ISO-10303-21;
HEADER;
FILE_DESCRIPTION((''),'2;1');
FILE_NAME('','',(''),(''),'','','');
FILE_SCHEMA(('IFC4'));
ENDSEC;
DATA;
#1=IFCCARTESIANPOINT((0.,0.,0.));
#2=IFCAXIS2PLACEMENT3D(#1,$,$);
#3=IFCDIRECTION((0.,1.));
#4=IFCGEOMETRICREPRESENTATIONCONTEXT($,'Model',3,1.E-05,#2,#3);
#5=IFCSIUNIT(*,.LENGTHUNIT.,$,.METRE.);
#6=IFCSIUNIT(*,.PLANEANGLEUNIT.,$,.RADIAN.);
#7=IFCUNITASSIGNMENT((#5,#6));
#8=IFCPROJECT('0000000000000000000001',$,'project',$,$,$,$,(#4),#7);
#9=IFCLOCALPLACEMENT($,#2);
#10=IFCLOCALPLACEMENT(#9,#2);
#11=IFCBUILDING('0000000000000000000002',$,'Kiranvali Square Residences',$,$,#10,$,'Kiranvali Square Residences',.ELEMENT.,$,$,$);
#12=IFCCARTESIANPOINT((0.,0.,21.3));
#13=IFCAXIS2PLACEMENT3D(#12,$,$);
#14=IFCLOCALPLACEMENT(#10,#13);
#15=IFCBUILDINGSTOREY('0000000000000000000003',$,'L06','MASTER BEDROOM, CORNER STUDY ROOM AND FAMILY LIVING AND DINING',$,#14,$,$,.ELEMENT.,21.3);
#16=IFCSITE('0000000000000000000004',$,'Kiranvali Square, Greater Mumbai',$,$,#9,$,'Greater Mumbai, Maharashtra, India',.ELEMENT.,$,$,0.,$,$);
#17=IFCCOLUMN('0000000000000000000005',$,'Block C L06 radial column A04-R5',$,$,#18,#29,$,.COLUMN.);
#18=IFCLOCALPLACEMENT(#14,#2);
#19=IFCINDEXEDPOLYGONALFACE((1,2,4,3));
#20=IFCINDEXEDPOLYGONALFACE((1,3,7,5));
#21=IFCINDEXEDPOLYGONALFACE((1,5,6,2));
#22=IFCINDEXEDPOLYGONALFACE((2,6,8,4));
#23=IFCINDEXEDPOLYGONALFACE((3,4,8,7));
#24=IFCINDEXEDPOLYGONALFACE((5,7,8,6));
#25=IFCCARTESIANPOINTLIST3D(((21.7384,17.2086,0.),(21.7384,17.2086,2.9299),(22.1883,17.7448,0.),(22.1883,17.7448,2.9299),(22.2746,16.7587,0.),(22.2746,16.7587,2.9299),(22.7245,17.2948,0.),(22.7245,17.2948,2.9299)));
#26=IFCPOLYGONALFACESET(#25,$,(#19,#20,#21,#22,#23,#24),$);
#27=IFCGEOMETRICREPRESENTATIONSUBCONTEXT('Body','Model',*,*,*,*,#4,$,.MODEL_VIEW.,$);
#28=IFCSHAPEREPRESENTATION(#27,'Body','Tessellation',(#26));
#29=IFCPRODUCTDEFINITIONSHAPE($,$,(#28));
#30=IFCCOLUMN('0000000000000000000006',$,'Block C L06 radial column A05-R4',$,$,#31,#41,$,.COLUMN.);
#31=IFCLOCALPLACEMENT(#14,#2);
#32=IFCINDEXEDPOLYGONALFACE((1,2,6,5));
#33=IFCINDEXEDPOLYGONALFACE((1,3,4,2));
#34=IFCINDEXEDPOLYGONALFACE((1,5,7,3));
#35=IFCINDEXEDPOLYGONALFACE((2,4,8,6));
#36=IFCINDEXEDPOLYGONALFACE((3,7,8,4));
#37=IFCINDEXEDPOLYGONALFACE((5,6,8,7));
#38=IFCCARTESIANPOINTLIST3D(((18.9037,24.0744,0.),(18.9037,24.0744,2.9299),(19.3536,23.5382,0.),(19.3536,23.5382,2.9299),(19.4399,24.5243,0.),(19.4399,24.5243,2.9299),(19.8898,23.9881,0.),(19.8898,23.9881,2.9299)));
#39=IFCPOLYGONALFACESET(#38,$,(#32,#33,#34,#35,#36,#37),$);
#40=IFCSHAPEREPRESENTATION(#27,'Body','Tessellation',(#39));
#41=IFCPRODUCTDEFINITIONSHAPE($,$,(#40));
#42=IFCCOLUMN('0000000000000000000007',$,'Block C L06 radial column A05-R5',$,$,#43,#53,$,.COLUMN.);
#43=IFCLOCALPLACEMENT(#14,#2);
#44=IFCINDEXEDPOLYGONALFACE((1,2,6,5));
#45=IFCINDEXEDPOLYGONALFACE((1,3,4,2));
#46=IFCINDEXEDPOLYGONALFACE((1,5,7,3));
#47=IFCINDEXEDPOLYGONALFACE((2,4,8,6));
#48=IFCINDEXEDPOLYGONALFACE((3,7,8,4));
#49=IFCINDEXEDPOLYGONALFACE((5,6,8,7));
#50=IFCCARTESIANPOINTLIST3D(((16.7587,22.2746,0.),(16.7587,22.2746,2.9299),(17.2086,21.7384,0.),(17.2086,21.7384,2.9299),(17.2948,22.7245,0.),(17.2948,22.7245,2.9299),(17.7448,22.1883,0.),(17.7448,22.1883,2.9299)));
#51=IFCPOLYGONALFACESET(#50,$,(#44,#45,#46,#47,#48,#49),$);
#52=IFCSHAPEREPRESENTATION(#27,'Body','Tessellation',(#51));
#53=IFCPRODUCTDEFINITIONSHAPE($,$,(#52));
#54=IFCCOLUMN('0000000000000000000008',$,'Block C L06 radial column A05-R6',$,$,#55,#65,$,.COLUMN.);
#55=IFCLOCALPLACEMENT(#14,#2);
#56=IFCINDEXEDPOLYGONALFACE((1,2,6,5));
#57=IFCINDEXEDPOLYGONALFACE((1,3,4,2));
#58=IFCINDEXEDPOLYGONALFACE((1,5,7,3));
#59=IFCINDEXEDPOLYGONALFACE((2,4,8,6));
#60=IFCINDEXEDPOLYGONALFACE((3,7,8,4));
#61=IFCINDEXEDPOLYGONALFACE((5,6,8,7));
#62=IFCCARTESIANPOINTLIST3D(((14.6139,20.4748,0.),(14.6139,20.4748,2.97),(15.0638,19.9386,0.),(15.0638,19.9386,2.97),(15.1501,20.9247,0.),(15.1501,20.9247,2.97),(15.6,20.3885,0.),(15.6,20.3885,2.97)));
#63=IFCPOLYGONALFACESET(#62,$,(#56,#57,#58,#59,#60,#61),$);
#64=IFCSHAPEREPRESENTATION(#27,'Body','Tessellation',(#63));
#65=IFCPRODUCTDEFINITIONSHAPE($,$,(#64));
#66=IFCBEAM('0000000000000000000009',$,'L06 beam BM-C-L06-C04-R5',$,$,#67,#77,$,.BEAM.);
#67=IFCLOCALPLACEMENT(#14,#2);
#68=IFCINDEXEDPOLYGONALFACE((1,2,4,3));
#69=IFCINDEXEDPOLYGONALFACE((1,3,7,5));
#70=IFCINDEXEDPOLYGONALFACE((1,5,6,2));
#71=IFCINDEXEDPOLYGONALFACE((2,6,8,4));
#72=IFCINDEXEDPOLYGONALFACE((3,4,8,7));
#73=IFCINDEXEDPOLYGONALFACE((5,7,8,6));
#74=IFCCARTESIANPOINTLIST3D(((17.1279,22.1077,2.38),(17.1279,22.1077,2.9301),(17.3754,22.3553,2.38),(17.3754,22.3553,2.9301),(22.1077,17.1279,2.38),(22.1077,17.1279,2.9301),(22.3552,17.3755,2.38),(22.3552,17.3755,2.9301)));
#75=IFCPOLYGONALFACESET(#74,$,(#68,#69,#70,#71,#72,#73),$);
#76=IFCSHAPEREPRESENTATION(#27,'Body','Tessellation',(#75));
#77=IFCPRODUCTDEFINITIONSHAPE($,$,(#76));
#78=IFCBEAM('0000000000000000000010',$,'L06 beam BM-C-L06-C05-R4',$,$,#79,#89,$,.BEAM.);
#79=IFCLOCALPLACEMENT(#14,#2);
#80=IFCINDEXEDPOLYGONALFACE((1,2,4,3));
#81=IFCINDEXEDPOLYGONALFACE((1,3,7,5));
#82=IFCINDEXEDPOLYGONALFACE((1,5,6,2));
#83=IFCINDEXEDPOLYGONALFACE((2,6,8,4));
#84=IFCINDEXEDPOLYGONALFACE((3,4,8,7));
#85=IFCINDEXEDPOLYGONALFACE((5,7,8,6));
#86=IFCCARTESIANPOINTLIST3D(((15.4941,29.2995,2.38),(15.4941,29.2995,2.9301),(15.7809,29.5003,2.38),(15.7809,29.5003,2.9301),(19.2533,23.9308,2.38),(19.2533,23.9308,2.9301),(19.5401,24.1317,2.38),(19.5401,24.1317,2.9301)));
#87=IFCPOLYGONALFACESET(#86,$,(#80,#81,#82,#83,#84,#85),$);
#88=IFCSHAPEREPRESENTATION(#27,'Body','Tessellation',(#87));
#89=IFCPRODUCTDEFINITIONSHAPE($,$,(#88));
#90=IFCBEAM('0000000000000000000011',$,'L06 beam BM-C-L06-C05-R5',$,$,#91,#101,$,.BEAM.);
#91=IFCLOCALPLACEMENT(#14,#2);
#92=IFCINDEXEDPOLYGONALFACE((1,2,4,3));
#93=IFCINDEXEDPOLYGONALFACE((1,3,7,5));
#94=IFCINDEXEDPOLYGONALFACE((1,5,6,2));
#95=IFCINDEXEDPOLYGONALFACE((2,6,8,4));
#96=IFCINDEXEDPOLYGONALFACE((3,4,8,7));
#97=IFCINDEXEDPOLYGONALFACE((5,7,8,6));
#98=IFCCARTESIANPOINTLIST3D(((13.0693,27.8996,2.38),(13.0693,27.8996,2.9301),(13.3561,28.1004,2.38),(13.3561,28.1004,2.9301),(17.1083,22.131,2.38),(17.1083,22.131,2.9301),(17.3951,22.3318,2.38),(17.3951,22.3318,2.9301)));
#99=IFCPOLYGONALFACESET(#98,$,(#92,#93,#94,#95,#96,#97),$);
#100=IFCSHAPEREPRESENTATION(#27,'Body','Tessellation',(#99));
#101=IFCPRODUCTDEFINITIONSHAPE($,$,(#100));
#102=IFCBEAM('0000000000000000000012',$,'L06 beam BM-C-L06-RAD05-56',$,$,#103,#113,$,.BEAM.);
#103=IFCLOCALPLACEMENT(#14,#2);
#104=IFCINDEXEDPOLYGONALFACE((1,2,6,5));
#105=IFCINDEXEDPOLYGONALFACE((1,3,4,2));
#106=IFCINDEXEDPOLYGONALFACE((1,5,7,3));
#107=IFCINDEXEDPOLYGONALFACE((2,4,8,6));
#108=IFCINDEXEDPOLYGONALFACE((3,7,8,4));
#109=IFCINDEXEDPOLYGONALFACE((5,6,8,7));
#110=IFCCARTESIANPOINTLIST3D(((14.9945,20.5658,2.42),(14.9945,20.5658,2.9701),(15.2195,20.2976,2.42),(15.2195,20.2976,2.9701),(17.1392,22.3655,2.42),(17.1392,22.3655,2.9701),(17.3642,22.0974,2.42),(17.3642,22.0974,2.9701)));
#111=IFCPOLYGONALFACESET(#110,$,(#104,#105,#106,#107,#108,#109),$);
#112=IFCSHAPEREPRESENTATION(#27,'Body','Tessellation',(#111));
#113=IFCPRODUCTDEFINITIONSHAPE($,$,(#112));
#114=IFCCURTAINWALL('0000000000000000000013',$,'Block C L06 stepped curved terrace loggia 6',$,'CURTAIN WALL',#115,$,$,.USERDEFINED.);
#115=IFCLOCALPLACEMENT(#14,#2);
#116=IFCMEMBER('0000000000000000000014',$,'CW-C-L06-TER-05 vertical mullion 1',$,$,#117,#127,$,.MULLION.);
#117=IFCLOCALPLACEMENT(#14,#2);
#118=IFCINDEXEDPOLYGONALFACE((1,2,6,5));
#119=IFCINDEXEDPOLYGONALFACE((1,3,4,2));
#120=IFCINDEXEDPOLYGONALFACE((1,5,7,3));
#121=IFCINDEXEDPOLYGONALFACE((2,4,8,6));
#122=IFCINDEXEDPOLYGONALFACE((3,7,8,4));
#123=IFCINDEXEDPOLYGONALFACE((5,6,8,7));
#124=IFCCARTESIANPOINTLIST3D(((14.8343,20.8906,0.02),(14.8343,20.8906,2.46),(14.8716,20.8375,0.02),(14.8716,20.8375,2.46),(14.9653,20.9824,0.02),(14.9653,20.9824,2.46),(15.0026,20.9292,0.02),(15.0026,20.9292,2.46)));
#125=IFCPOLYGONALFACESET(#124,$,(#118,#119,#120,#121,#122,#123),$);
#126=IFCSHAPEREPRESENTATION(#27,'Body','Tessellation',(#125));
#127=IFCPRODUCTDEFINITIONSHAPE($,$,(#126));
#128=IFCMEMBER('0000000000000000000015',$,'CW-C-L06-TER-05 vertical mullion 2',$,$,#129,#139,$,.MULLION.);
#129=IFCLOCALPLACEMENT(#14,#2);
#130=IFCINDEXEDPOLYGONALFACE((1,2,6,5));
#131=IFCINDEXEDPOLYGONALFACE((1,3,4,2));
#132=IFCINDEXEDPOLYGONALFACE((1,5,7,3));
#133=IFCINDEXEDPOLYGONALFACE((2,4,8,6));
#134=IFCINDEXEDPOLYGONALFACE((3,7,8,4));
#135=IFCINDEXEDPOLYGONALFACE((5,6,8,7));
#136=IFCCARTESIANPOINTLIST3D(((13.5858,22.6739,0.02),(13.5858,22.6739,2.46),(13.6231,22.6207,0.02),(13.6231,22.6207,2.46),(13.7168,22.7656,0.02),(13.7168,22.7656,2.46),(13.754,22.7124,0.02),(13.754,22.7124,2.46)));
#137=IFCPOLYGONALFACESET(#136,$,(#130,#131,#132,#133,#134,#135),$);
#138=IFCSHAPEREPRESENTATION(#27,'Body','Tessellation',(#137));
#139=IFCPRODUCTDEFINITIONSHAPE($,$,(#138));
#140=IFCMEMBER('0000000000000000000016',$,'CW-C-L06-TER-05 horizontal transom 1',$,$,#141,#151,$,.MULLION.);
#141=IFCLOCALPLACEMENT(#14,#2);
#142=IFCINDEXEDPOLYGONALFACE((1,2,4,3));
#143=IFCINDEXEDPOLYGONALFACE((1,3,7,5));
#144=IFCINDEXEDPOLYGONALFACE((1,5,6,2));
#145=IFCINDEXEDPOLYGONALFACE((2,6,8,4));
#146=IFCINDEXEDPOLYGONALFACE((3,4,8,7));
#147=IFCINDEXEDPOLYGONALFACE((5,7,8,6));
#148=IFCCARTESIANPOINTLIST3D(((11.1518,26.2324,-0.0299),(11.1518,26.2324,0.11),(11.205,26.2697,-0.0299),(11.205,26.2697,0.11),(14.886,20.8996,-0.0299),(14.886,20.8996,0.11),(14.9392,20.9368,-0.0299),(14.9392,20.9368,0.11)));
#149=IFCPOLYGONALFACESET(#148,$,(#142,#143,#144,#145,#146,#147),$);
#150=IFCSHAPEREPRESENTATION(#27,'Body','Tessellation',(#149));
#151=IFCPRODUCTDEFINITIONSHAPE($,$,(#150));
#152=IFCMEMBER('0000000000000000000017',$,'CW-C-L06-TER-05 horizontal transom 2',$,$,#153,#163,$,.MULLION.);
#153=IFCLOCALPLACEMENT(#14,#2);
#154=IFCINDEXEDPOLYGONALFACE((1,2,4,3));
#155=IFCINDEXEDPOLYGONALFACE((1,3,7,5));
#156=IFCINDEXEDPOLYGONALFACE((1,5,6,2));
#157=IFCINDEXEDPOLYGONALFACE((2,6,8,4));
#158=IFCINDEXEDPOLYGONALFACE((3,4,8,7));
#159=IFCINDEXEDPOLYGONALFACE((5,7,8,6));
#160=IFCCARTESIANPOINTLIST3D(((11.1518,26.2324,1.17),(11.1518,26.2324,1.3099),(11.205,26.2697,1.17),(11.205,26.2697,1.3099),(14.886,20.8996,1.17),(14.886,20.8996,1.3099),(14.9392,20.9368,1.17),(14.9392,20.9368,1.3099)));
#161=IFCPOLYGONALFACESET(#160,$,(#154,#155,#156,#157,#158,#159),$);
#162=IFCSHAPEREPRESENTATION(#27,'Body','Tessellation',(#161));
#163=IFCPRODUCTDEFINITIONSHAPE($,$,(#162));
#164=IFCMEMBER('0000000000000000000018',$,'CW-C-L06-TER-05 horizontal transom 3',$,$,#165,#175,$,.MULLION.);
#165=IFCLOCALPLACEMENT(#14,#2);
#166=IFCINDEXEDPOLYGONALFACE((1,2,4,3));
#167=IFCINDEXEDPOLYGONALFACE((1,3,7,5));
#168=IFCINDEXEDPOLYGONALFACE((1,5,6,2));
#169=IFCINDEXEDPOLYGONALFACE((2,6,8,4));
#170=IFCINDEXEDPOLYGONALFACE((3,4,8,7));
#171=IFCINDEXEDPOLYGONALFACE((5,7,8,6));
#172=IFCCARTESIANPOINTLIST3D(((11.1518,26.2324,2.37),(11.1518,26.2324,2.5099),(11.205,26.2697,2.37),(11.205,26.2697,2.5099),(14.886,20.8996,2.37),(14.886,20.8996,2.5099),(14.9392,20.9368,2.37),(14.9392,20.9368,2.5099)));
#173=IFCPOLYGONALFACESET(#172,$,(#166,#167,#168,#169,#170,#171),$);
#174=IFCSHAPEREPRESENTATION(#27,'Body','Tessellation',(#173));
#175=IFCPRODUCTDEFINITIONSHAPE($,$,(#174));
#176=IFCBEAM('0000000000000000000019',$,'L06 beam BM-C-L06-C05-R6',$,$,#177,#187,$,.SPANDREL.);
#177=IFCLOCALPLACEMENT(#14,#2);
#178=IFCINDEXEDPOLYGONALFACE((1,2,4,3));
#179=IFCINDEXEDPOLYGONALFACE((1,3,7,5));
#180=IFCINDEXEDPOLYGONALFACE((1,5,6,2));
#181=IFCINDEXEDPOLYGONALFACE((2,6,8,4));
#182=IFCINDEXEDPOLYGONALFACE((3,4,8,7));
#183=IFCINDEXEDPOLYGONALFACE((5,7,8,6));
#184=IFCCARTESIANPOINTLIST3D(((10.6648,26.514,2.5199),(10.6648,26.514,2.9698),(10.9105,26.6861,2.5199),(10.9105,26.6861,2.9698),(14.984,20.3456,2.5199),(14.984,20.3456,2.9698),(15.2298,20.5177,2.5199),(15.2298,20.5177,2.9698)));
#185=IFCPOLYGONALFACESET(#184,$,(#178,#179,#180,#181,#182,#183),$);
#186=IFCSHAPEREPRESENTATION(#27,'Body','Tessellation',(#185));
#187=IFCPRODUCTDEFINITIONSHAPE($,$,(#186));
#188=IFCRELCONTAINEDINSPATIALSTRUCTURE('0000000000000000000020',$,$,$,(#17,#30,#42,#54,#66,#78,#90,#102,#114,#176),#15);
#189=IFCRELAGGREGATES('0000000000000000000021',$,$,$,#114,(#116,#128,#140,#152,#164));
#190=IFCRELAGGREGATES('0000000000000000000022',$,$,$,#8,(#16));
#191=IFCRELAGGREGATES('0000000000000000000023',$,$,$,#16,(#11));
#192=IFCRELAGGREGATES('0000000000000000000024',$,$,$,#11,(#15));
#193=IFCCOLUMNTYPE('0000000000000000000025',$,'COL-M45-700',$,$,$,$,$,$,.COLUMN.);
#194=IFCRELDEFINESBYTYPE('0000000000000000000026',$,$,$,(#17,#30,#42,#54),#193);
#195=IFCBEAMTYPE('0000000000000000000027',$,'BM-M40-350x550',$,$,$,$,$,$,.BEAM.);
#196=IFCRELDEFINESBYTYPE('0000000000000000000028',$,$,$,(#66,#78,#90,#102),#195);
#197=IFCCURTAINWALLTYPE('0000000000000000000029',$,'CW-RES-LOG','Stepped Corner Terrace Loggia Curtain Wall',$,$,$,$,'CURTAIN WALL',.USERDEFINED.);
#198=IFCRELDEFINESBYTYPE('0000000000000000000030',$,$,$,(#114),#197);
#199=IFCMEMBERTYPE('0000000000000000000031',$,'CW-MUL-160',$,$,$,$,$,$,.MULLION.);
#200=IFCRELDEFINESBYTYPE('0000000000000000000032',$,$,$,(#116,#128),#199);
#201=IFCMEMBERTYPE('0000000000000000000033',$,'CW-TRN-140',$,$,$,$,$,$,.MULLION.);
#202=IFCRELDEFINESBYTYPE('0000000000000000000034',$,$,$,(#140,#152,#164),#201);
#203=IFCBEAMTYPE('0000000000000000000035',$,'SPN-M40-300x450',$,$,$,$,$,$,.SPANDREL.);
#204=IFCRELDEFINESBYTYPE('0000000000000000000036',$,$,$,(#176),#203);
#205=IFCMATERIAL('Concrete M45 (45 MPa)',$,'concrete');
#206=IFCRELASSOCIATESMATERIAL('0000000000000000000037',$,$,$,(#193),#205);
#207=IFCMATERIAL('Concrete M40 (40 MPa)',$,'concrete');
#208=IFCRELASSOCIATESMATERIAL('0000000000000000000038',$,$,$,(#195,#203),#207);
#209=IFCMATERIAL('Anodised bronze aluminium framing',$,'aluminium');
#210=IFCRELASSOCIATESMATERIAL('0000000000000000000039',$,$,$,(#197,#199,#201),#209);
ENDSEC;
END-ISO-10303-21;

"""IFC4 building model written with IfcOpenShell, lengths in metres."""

from ifc_helpers import new_model, si_unit, direction, frame, origin, origin_2d, place, context, subcontext, project, spatial, rectangle, extrude, material, material_profile, profile_set, type_object, element, aggregate, save


model = new_model("IFC4")

# Units and contexts
model_context = context("Model", 3, precision=1e-05, world=origin(), true_north=direction((0.0, 1.0)))
body_context = subcontext(model_context, "Body", "Model", "MODEL_VIEW")
ifc_project = project(units=[si_unit("LENGTHUNIT", "METRE"), si_unit("PLANEANGLEUNIT", "RADIAN")], contexts=[model_context])

# Site, building, storey
site_placement = place(None, origin())
site = spatial("IfcSite", under=ifc_project, at=site_placement, Name="Kiranvali Square, Greater Mumbai", LongName="Greater Mumbai, Maharashtra, India", CompositionType="ELEMENT", RefElevation=0.0)
building_placement = place(site_placement, origin())
building = spatial("IfcBuilding", under=site, at=building_placement, Name="Kiranvali Square Residences", LongName="Kiranvali Square Residences", CompositionType="ELEMENT")
storey_placement = place(building_placement, frame((0.0, 0.0, 21.3)))
storey = spatial("IfcBuildingStorey", under=building, at=storey_placement, Name="L06", Description="MASTER BEDROOM, CORNER STUDY ROOM AND FAMILY LIVING AND DINING", CompositionType="ELEMENT", Elevation=21.3)

# Columns
ifc_material_1 = material(Name="Concrete M45 (45 MPa)", Category="concrete")
ifc_material_profile_1 = material_profile(ifc_material_1, rectangle(XDim=0.7, YDim=0.7, at=origin_2d()), Name="RC 700x700")
ifc_profile_set_1 = profile_set([ifc_material_profile_1], Name="Concrete M45 (45 MPa)")
column_type = type_object("IfcColumnType", Name="COL-M45-700", PredefinedType="COLUMN", material=ifc_profile_set_1)
for number, where, z_axis, x_axis, name in (
    (1, (22.2314, 17.2517, 0.0), (0.0, 0.0, 1.0), (-0.766044, 0.642788, 0.0), "Block C L06 radial column A04-R5"),
    (2, (19.3967, 24.0312, 0.0), (0.0, 0.0, 1.0), (-0.642788, 0.766044, 0.0), "Block C L06 radial column A05-R4"),
    (3, (17.2517, 22.2314, 0.0), (0.0, 0.0, 1.0), (-0.642788, 0.766044, 0.0), "Block C L06 radial column A05-R5"),
):
    element("IfcColumn", number, at=place(storey_placement, frame(where, z_axis=z_axis, x_axis=x_axis)), inside=storey, type_object=column_type, Name=name, PredefinedType="COLUMN", context=body_context, shape_type="SweptSolid", body=[
        extrude(rectangle(XDim=0.7, YDim=0.7, at=origin_2d()), origin(), (0.0, 0.0, 1.0), 2.9299),
    ])
column_placement = place(storey_placement, frame((15.1069, 20.4316, 0.0), z_axis=(0.0, 0.0, 1.0), x_axis=(-0.642788, 0.766044, 0.0)))
element("IfcColumn", 4, at=column_placement, inside=storey, type_object=column_type, Name="Block C L06 radial column A05-R6", PredefinedType="COLUMN", context=body_context, shape_type="SweptSolid", body=[
    extrude(rectangle(XDim=0.7, YDim=0.7, at=origin_2d()), origin(), (0.0, 0.0, 1.0), 2.97),
])

# Beams
ifc_material_2 = material(Name="Concrete M40 (40 MPa)", Category="concrete")
ifc_material_profile_2 = material_profile(ifc_material_2, rectangle(XDim=0.3501, YDim=0.55, at=origin_2d()), Name="RC 350x550")
ifc_profile_set_2 = profile_set([ifc_material_profile_2], Name="Concrete M40 (40 MPa)")
beam_type_1 = type_object("IfcBeamType", Name="BM-M40-350x550", PredefinedType="BEAM", material=ifc_profile_set_2)
beam_1_placement = place(storey_placement, frame((22.2314, 17.2517, 2.655), z_axis=(-0.707107, 0.707107, 0.0), x_axis=(-0.707107, -0.707107, 0.0)))
element("IfcBeam", 5, at=beam_1_placement, inside=storey, type_object=beam_type_1, Name="L06 beam BM-C-L06-C04-R5", PredefinedType="BEAM", context=body_context, shape_type="SweptSolid", body=[
    extrude(rectangle(XDim=0.3501, YDim=0.55, at=origin_2d()), origin(), (0.0, 0.0, 1.0), 7.0425),
])
beam_2_placement = place(storey_placement, frame((19.3967, 24.0312, 2.655), z_axis=(-0.573587, 0.819144, 0.0), x_axis=(-0.819144, -0.573587, 0.0)))
element("IfcBeam", 6, at=beam_2_placement, inside=storey, type_object=beam_type_1, Name="L06 beam BM-C-L06-C05-R4", PredefinedType="BEAM", context=body_context, shape_type="SweptSolid", body=[
    extrude(rectangle(XDim=0.3501, YDim=0.55, at=origin_2d()), origin(), (0.0, 0.0, 1.0), 6.554),
])
beam_3_placement = place(storey_placement, frame((17.2517, 22.2314, 2.655), z_axis=(-0.573565, 0.81916, 0.0), x_axis=(-0.81916, -0.573565, 0.0)))
element("IfcBeam", 7, at=beam_3_placement, inside=storey, type_object=beam_type_1, Name="L06 beam BM-C-L06-C05-R5", PredefinedType="BEAM", context=body_context, shape_type="SweptSolid", body=[
    extrude(rectangle(XDim=0.3501, YDim=0.55, at=origin_2d()), origin(), (0.0, 0.0, 1.0), 7.042),
])
beam_4_placement = place(storey_placement, frame((17.2517, 22.2314, 2.6951), z_axis=(-0.766023, -0.642814, 0.0), x_axis=(0.642814, -0.766023, 0.0)))
element("IfcBeam", 8, at=beam_4_placement, inside=storey, type_object=beam_type_1, Name="L06 beam BM-C-L06-RAD05-56", PredefinedType="BEAM", context=body_context, shape_type="SweptSolid", body=[
    extrude(rectangle(XDim=0.3501, YDim=0.55, at=origin_2d()), origin(), (0.0, 0.0, 1.0), 2.7998),
])

# Curtain wall, members
ifc_material_3 = material(Name="Anodised bronze aluminium framing", Category="aluminium")
curtain_wall_type = type_object("IfcCurtainWallType", Name="CW-RES-LOG", Description="Stepped Corner Terrace Loggia Curtain Wall", ElementType="CURTAIN WALL", PredefinedType="USERDEFINED", material=ifc_material_3)
curtain_wall_placement = place(storey_placement, origin())
curtain_wall = element("IfcCurtainWall", 9, at=curtain_wall_placement, inside=storey, type_object=curtain_wall_type, Name="Block C L06 stepped curved terrace loggia 6", ObjectType="CURTAIN WALL", PredefinedType="USERDEFINED")
ifc_material_profile_3 = material_profile(ifc_material_3, rectangle(XDim=0.0649, YDim=0.1599, at=origin_2d()), Name="ALU 65x160")
ifc_profile_set_3 = profile_set([ifc_material_profile_3], Name="Anodised bronze aluminium framing")
member_type_1 = type_object("IfcMemberType", Name="CW-MUL-160", PredefinedType="MULLION", material=ifc_profile_set_3)
member_1_placement = place(storey_placement, frame((14.9185, 20.9099, 0.02), z_axis=(0.0, 0.0, 1.0), x_axis=(-0.573576, 0.819152, 0.0)))
member_1 = element("IfcMember", 10, at=member_1_placement, type_object=member_type_1, Name="CW-C-L06-TER-05 vertical mullion 1", PredefinedType="MULLION", context=body_context, shape_type="SweptSolid", body=[
    extrude(rectangle(XDim=0.0649, YDim=0.1599, at=origin_2d()), origin(), (0.0, 0.0, 1.0), 2.4399),
])
member_2_placement = place(storey_placement, frame((13.6699, 22.6931, 0.02), z_axis=(0.0, 0.0, 1.0), x_axis=(-0.573576, 0.819152, 0.0)))
member_2 = element("IfcMember", 11, at=member_2_placement, type_object=member_type_1, Name="CW-C-L06-TER-05 vertical mullion 2", PredefinedType="MULLION", context=body_context, shape_type="SweptSolid", body=[
    extrude(rectangle(XDim=0.0649, YDim=0.1599, at=origin_2d()), origin(), (0.0, 0.0, 1.0), 2.4399),
])
ifc_material_profile_4 = material_profile(ifc_material_3, rectangle(XDim=0.0649, YDim=0.1399, at=origin_2d()), Name="ALU 65x140")
ifc_profile_set_4 = profile_set([ifc_material_profile_4], Name="Anodised bronze aluminium framing")
member_type_2 = type_object("IfcMemberType", Name="CW-TRN-140", PredefinedType="MULLION", material=ifc_profile_set_4)
member_3_placement = place(storey_placement, frame((14.9126, 20.9182, 0.04), z_axis=(-0.573586, 0.819146, 0.0), x_axis=(-0.819146, -0.573586, 0.0)))
member_3 = element("IfcMember", 12, at=member_3_placement, type_object=member_type_2, Name="CW-C-L06-TER-05 horizontal transom 1", PredefinedType="MULLION", context=body_context, shape_type="SweptSolid", body=[
    extrude(rectangle(XDim=0.0649, YDim=0.1399, at=origin_2d()), origin(), (0.0, 0.0, 1.0), 6.5103),
])
member_4_placement = place(storey_placement, frame((14.9126, 20.9182, 1.24), z_axis=(-0.573586, 0.819146, 0.0), x_axis=(-0.819146, -0.573586, 0.0)))
member_4 = element("IfcMember", 13, at=member_4_placement, type_object=member_type_2, Name="CW-C-L06-TER-05 horizontal transom 2", PredefinedType="MULLION", context=body_context, shape_type="SweptSolid", body=[
    extrude(rectangle(XDim=0.0649, YDim=0.1399, at=origin_2d()), origin(), (0.0, 0.0, 1.0), 6.5103),
])
member_5_placement = place(storey_placement, frame((14.9126, 20.9182, 2.4399), z_axis=(-0.573586, 0.819146, 0.0), x_axis=(-0.819146, -0.573586, 0.0)))
member_5 = element("IfcMember", 14, at=member_5_placement, type_object=member_type_2, Name="CW-C-L06-TER-05 horizontal transom 3", PredefinedType="MULLION", context=body_context, shape_type="SweptSolid", body=[
    extrude(rectangle(XDim=0.0649, YDim=0.1399, at=origin_2d()), origin(), (0.0, 0.0, 1.0), 6.5103),
])

# Beam
ifc_material_profile_5 = material_profile(ifc_material_2, rectangle(XDim=0.3, YDim=0.45, at=origin_2d()), Name="RC 300x450")
ifc_profile_set_5 = profile_set([ifc_material_profile_5], Name="Concrete M40 (40 MPa)")
beam_type_2 = type_object("IfcBeamType", Name="SPN-M40-300x450", PredefinedType="SPANDREL", material=ifc_profile_set_5)
beam_5_placement = place(storey_placement, frame((15.1069, 20.4316, 2.7449), z_axis=(-0.573589, 0.819144, 0.0), x_axis=(-0.819144, -0.573589, 0.0)))
element("IfcBeam", 15, at=beam_5_placement, inside=storey, type_object=beam_type_2, Name="L06 beam BM-C-L06-C05-R6", PredefinedType="SPANDREL", context=body_context, shape_type="SweptSolid", body=[
    extrude(rectangle(XDim=0.3, YDim=0.45, at=origin_2d()), origin(), (0.0, 0.0, 1.0), 7.5303),
])

aggregate(curtain_wall, [member_1, member_2, member_3, member_4, member_5])

save(model, "model.ifc")
